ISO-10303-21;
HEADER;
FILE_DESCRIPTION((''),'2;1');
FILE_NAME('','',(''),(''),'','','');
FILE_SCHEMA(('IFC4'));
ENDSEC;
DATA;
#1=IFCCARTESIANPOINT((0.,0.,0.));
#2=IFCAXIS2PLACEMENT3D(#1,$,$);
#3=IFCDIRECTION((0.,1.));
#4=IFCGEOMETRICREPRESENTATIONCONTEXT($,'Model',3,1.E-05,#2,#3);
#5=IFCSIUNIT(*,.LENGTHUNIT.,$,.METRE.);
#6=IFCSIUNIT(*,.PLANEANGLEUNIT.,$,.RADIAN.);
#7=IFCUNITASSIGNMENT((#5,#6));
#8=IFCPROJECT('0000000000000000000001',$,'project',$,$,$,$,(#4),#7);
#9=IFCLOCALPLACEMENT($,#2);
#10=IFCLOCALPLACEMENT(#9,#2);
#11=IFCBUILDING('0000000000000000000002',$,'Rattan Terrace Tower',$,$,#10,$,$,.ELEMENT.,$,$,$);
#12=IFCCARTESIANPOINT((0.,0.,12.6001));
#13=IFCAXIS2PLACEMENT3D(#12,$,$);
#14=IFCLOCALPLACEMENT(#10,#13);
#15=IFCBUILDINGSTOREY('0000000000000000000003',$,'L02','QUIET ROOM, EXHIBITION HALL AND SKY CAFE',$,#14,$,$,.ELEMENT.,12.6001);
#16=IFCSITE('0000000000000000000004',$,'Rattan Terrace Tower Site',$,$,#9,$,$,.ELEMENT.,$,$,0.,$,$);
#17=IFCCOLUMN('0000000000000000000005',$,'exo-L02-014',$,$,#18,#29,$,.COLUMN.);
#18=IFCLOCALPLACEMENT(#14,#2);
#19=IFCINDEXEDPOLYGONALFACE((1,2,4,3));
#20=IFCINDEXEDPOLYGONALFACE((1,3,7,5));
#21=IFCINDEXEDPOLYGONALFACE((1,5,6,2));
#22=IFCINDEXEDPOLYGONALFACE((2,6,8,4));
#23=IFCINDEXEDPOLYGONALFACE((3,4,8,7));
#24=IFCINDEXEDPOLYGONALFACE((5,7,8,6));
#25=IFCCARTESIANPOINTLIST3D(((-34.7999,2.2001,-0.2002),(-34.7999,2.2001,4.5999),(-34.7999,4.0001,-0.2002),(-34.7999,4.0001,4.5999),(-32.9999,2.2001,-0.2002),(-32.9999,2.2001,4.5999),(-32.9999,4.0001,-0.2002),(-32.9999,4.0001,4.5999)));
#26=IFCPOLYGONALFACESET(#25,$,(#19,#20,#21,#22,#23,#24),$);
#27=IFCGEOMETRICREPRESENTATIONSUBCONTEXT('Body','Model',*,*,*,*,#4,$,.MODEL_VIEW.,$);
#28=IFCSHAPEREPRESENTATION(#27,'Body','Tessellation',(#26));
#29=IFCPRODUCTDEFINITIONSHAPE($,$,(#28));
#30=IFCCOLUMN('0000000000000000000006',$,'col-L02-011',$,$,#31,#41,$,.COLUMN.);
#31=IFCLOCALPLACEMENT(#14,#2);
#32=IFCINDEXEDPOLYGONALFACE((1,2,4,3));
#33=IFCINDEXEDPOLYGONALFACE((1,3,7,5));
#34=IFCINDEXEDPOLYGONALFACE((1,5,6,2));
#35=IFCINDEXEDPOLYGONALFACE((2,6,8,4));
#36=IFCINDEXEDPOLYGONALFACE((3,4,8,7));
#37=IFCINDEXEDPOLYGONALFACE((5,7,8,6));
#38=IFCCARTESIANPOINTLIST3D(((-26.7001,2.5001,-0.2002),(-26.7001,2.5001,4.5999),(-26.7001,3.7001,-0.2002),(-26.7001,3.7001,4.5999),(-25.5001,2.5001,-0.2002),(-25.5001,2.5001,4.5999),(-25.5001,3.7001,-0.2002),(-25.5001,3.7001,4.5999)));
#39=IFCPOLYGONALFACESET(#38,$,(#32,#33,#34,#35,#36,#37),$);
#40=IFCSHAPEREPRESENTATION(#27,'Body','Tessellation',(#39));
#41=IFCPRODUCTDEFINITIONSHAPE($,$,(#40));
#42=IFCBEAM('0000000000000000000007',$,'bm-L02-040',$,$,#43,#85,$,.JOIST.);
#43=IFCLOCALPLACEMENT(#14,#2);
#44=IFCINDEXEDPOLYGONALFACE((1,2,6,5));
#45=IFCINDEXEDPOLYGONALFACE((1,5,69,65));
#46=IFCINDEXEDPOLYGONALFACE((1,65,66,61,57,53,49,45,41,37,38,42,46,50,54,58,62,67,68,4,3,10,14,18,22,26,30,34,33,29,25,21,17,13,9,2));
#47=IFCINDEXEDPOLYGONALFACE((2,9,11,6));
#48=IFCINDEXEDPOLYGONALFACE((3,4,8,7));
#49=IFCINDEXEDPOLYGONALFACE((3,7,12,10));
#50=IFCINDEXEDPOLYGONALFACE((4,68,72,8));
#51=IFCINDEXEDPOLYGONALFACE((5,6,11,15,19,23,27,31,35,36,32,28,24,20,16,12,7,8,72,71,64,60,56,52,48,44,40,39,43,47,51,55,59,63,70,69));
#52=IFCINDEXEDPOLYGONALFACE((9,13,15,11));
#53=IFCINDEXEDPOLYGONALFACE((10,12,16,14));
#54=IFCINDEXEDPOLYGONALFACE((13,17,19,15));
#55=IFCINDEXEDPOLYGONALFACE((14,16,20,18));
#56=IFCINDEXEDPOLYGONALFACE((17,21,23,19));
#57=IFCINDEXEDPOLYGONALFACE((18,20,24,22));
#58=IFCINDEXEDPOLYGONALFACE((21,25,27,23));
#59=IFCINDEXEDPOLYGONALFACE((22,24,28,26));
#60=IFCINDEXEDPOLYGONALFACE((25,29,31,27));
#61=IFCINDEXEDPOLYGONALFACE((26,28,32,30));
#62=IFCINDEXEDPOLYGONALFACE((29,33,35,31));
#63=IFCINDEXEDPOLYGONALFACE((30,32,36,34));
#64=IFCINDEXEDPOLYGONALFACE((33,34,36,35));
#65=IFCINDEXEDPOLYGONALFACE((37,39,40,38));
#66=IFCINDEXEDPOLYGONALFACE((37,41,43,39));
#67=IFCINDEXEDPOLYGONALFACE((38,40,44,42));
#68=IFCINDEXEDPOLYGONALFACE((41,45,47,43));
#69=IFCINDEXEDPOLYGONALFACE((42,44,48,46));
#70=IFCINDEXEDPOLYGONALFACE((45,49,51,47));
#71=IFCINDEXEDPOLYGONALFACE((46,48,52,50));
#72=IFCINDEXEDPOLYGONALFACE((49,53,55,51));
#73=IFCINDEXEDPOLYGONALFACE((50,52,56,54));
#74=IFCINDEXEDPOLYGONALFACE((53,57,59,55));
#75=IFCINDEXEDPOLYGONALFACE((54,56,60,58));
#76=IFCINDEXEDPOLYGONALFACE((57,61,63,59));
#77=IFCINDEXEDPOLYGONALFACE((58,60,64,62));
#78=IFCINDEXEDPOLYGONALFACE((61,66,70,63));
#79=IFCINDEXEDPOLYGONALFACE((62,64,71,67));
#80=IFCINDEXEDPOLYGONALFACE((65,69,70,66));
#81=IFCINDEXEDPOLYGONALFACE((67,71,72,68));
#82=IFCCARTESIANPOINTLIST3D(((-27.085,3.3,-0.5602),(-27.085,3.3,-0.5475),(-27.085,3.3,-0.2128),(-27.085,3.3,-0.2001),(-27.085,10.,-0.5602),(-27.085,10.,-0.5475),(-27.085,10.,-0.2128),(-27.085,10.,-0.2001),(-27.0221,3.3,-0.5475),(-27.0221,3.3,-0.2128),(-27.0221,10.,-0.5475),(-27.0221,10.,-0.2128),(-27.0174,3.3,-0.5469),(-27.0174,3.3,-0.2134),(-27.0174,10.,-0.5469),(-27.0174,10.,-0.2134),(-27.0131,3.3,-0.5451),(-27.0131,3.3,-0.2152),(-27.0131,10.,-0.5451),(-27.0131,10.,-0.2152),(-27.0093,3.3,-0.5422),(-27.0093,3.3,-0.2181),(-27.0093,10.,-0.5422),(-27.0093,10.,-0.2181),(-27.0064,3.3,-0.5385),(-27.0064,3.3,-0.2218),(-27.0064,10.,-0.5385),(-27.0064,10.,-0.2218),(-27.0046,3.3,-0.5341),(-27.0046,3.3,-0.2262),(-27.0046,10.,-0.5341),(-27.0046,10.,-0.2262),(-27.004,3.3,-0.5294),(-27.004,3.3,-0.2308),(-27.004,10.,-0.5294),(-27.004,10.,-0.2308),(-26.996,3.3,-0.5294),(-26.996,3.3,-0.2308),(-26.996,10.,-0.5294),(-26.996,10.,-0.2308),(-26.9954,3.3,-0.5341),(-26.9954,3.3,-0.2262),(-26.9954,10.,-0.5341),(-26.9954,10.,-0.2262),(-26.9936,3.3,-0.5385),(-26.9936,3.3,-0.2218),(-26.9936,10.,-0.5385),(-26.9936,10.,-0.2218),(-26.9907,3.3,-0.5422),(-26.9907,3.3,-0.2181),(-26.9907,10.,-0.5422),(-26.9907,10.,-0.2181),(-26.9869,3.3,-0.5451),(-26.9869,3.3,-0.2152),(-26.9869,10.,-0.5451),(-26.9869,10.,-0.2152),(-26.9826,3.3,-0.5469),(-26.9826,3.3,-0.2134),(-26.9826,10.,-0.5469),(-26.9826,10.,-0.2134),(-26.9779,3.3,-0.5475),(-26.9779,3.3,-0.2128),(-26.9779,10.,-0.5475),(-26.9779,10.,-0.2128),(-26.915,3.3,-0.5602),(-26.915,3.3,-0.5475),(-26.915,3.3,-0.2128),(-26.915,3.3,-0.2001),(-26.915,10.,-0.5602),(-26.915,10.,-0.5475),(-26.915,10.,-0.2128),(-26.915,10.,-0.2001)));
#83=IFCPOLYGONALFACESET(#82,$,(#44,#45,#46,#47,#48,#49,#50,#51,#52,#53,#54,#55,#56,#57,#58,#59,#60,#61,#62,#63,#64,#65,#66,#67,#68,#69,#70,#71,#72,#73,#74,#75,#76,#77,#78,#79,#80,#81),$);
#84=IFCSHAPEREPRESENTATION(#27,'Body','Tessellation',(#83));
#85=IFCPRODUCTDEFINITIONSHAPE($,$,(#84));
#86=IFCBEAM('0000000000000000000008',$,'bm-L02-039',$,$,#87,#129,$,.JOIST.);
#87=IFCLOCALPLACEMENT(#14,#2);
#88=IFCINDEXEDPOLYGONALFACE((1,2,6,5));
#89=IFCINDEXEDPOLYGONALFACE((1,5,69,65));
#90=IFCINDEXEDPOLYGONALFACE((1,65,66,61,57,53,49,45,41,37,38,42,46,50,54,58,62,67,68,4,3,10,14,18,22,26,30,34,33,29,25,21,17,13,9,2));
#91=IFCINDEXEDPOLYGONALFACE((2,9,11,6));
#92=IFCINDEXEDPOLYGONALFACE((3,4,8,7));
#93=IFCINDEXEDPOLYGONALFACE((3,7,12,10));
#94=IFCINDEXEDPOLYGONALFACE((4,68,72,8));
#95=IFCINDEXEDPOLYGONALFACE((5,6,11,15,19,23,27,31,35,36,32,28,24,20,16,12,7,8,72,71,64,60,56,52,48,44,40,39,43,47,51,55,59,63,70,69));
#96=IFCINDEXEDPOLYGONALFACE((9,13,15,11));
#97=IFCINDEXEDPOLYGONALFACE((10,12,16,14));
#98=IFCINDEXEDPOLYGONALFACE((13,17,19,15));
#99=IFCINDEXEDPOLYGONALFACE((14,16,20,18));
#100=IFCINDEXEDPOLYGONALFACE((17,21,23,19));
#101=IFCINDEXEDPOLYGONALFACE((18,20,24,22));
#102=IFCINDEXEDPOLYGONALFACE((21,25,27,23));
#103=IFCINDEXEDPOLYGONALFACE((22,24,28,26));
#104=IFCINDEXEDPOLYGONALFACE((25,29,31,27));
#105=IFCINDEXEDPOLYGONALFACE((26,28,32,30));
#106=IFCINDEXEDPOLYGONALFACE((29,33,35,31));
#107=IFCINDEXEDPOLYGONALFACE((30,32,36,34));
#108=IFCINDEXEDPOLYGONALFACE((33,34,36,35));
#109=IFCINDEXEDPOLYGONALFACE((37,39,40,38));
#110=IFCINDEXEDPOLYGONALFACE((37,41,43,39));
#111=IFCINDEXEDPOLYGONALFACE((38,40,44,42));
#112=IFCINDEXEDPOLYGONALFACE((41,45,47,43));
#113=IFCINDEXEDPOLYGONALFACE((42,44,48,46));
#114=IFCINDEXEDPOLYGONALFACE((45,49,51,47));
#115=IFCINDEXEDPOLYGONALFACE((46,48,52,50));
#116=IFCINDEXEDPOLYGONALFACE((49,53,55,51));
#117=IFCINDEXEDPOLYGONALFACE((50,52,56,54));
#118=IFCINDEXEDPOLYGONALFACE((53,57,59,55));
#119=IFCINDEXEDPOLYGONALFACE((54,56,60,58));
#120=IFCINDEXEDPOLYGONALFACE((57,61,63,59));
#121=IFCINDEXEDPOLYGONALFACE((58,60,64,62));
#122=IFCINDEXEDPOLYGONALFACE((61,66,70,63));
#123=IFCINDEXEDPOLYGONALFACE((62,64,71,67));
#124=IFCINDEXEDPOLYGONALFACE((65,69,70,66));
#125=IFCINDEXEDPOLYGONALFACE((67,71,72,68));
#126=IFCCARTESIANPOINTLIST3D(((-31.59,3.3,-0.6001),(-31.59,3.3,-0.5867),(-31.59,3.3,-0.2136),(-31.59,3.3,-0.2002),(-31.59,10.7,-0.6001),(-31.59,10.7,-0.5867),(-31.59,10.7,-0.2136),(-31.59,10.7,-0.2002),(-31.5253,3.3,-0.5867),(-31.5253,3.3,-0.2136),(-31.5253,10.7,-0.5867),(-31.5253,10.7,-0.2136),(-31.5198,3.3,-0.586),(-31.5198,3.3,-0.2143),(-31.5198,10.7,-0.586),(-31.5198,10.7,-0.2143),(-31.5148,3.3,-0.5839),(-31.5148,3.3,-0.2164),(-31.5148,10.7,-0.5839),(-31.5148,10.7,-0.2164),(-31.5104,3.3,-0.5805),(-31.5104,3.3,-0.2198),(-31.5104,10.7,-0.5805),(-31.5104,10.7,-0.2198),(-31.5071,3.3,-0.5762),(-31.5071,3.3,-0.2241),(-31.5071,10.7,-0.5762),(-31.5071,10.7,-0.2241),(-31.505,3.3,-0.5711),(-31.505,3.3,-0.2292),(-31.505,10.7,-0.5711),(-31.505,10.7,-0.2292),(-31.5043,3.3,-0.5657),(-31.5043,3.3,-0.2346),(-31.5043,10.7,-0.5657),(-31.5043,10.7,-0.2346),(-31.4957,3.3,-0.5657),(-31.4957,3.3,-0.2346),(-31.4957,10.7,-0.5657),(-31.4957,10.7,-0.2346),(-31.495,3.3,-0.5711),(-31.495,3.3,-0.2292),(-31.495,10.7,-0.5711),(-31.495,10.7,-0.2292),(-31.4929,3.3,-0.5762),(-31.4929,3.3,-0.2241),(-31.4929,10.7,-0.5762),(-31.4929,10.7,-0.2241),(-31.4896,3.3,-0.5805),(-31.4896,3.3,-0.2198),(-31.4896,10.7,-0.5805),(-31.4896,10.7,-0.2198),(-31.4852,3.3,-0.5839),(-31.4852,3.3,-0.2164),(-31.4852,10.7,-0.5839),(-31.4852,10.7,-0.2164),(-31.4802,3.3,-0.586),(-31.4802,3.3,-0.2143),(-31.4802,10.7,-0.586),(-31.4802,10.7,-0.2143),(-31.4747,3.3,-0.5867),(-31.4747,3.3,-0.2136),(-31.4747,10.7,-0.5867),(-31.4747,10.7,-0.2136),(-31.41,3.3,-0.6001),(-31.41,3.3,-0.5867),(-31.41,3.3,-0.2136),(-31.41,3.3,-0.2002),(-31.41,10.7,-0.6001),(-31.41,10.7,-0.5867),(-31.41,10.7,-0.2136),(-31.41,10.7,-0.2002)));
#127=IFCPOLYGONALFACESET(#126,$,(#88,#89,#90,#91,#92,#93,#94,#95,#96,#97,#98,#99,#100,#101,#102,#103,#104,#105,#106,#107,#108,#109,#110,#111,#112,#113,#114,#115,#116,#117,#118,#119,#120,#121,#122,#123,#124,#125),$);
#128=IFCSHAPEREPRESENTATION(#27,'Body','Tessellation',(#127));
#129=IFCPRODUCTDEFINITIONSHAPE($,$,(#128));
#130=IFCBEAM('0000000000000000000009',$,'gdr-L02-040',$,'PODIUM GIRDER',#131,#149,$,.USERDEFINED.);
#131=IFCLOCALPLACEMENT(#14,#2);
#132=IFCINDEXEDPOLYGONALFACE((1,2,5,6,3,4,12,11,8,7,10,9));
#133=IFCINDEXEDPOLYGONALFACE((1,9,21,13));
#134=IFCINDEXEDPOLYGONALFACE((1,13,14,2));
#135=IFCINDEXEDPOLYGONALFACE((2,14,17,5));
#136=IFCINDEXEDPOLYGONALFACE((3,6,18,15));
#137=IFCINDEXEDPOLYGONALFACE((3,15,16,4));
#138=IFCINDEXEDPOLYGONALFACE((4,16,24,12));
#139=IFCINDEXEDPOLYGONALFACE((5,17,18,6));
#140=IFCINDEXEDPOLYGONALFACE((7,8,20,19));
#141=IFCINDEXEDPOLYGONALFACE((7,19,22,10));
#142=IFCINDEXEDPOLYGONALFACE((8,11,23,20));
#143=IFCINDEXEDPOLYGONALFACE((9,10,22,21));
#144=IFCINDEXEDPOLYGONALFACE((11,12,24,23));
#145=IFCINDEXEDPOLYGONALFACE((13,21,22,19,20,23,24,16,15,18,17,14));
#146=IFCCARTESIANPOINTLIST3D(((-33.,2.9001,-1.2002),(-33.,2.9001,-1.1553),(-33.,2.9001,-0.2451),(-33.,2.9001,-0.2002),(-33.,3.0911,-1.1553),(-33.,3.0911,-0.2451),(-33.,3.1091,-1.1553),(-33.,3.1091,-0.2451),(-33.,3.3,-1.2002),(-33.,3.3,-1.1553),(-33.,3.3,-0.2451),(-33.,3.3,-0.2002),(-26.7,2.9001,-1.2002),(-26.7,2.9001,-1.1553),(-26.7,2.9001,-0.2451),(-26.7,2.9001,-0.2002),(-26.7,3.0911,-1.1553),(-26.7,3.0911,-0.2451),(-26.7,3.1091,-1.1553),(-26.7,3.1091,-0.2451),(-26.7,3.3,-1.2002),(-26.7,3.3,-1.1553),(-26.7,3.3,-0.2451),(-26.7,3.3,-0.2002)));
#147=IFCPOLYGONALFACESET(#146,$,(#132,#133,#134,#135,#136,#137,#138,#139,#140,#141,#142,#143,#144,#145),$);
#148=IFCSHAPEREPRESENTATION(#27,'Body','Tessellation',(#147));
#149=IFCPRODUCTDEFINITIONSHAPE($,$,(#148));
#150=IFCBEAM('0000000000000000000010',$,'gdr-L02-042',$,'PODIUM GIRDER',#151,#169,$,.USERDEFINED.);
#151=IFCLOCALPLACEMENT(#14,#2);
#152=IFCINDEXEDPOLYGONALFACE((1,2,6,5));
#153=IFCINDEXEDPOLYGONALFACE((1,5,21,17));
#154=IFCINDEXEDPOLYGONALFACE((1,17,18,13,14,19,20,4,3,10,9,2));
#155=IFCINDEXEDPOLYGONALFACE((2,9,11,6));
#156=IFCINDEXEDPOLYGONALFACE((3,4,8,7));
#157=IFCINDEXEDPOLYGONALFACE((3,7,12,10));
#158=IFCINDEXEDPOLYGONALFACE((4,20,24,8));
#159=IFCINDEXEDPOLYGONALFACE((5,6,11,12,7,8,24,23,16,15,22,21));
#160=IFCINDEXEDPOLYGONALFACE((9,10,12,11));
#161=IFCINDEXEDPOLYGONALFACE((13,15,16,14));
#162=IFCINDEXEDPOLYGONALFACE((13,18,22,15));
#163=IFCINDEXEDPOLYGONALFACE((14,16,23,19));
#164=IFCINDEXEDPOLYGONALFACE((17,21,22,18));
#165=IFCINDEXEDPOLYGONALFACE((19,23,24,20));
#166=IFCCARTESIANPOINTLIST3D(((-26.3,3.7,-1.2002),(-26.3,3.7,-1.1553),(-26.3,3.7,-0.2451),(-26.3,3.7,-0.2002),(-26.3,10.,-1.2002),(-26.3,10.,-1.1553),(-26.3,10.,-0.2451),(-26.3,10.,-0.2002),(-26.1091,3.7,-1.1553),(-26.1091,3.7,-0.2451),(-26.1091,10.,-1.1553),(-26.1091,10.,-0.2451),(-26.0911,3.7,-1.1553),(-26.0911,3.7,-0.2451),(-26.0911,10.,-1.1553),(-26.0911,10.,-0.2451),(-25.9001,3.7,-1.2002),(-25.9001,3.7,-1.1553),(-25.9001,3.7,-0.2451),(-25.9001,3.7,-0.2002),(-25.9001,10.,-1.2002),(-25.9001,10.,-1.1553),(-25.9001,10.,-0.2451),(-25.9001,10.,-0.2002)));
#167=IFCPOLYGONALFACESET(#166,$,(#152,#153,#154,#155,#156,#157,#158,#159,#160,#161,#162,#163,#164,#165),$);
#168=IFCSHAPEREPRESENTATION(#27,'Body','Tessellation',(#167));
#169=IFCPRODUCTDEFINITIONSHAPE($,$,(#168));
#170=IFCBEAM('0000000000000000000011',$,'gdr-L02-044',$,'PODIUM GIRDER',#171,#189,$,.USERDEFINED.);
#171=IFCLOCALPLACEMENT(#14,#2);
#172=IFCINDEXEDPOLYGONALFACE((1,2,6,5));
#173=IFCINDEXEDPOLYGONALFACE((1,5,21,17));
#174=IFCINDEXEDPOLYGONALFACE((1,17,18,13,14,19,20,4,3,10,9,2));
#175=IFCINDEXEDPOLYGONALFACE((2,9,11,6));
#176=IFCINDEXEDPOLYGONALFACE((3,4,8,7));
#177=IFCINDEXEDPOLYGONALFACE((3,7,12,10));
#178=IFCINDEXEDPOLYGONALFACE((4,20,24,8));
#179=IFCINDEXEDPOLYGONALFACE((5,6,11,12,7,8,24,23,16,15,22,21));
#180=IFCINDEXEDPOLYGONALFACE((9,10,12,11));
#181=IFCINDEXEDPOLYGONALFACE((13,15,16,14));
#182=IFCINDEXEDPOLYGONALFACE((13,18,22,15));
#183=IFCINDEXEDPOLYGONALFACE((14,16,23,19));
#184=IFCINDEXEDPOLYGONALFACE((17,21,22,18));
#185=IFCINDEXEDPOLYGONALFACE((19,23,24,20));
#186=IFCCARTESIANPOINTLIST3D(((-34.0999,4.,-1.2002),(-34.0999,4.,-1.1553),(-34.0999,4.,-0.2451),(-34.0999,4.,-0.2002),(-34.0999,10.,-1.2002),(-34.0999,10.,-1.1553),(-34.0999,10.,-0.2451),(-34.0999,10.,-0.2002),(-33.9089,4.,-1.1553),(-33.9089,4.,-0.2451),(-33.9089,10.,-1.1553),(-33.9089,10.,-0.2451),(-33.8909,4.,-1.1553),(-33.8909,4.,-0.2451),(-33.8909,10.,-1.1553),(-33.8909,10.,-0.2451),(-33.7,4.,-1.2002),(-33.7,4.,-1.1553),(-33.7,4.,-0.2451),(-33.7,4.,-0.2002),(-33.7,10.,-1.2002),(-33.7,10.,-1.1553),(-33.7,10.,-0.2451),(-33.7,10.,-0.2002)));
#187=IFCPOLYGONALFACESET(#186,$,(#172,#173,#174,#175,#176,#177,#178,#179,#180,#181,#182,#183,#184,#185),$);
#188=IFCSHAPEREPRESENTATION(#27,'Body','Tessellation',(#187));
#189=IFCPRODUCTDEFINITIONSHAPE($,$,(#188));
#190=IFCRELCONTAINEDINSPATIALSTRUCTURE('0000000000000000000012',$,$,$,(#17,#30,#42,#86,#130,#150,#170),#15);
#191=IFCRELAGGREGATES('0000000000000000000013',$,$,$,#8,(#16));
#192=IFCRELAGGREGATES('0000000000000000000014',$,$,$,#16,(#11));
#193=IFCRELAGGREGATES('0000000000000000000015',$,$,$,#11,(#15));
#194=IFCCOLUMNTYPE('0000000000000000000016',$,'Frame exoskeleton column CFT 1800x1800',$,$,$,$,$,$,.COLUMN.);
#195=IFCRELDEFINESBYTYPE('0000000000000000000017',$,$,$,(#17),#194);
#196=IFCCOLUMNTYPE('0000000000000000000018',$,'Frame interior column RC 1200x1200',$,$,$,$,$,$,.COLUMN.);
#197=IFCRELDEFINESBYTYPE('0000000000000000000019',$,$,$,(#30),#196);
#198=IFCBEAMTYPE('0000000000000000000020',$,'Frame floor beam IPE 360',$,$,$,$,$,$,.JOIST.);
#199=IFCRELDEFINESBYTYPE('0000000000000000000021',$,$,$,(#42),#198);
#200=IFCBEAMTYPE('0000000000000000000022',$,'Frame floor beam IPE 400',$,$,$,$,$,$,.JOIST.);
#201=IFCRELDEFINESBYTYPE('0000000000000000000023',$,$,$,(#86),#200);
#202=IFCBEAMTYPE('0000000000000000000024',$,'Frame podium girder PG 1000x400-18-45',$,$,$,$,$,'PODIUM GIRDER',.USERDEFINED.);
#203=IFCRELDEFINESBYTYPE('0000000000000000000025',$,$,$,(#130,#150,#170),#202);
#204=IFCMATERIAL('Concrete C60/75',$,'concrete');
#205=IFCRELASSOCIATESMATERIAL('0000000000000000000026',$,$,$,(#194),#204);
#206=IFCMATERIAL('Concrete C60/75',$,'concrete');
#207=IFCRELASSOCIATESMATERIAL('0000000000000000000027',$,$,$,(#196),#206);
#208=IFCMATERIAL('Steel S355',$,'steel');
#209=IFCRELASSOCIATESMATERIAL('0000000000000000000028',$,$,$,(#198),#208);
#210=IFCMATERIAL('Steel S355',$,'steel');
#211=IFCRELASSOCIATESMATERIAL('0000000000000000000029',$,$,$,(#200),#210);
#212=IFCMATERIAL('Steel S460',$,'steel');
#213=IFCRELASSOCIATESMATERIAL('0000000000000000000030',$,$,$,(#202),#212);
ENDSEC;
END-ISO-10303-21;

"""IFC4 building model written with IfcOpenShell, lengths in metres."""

from ifc_helpers import new_model, si_unit, direction, frame, origin, origin_2d, place, context, subcontext, project, spatial, rectangle, i_section, extrude, material, material_profile, profile_set, type_object, element, save


model = new_model("IFC4")

# Units and contexts
model_context = context("Model", 3, precision=1e-05, world=origin(), true_north=direction((0.0, 1.0)))
body_context = subcontext(model_context, "Body", "Model", "MODEL_VIEW")
ifc_project = project(units=[si_unit("LENGTHUNIT", "METRE"), si_unit("PLANEANGLEUNIT", "RADIAN")], contexts=[model_context])

# Site, building, storey
site_placement = place(None, origin())
site = spatial("IfcSite", under=ifc_project, at=site_placement, Name="Rattan Terrace Tower Site", CompositionType="ELEMENT", RefElevation=0.0)
building_placement = place(site_placement, origin())
building = spatial("IfcBuilding", under=site, at=building_placement, Name="Rattan Terrace Tower", CompositionType="ELEMENT")
storey_placement = place(building_placement, frame((0.0, 0.0, 12.6001)))
storey = spatial("IfcBuildingStorey", under=building, at=storey_placement, Name="L02", Description="QUIET ROOM, EXHIBITION HALL AND SKY CAFE", CompositionType="ELEMENT", Elevation=12.6001)

# Columns
ifc_material_1 = material(Name="Concrete C60/75", Category="concrete")
ifc_material_profile_1 = material_profile(ifc_material_1, rectangle(XDim=1.8, YDim=1.8, at=origin_2d()), Name="CFT 1800x1800")
ifc_profile_set_1 = profile_set([ifc_material_profile_1], Name="Concrete C60/75")
column_type_1 = type_object("IfcColumnType", Name="Frame exoskeleton column CFT 1800x1800", PredefinedType="COLUMN", material=ifc_profile_set_1)
column_1_placement = place(storey_placement, frame((-33.8999, 3.1001, -0.2002), z_axis=(0.0, 0.0, 1.0), x_axis=(0.0, 1.0, 0.0)))
element("IfcColumn", 1, at=column_1_placement, inside=storey, type_object=column_type_1, Name="exo-L02-014", PredefinedType="COLUMN", context=body_context, shape_type="SweptSolid", body=[
    extrude(rectangle(XDim=1.8, YDim=1.8, at=origin_2d()), origin(), (0.0, 0.0, 1.0), 4.8),
])
ifc_material_2 = material(Name="Concrete C60/75", Category="concrete")
ifc_material_profile_2 = material_profile(ifc_material_2, rectangle(XDim=1.2, YDim=1.2, at=origin_2d()), Name="RC 1200x1200")
ifc_profile_set_2 = profile_set([ifc_material_profile_2], Name="Concrete C60/75")
column_type_2 = type_object("IfcColumnType", Name="Frame interior column RC 1200x1200", PredefinedType="COLUMN", material=ifc_profile_set_2)
column_2_placement = place(storey_placement, frame((-26.1001, 3.1001, -0.2002), z_axis=(0.0, 0.0, 1.0), x_axis=(1.0, 0.0, 0.0)))
element("IfcColumn", 2, at=column_2_placement, inside=storey, type_object=column_type_2, Name="col-L02-011", PredefinedType="COLUMN", context=body_context, shape_type="SweptSolid", body=[
    extrude(rectangle(XDim=1.2, YDim=1.2, at=origin_2d()), origin(), (0.0, 0.0, 1.0), 4.8),
])

# Beams
ifc_material_3 = material(Name="Steel S355", Category="steel")
ifc_material_profile_3 = material_profile(ifc_material_3, i_section(OverallWidth=0.1699, OverallDepth=0.3601, WebThickness=0.0081, FlangeThickness=0.0127, FilletRadius=0.0181, at=origin_2d()), Name="IPE 360")
ifc_profile_set_3 = profile_set([ifc_material_profile_3], Name="Steel S355")
beam_type_1 = type_object("IfcBeamType", Name="Frame floor beam IPE 360", PredefinedType="JOIST", material=ifc_profile_set_3)
beam_1_placement = place(storey_placement, frame((-27.0, 3.3, -0.3801), z_axis=(0.0, 1.0, 0.0), x_axis=(-1.0, 0.0, 0.0)))
element("IfcBeam", 3, at=beam_1_placement, inside=storey, type_object=beam_type_1, Name="bm-L02-040", PredefinedType="JOIST", context=body_context, shape_type="SweptSolid", body=[
    extrude(i_section(OverallWidth=0.1699, OverallDepth=0.3601, WebThickness=0.0081, FlangeThickness=0.0127, FilletRadius=0.0181, at=origin_2d()), origin(), (0.0, 0.0, 1.0), 6.7),
])
ifc_material_4 = material(Name="Steel S355", Category="steel")
ifc_material_profile_4 = material_profile(ifc_material_4, i_section(OverallWidth=0.1799, OverallDepth=0.3999, WebThickness=0.0085, FlangeThickness=0.0134, FilletRadius=0.021, at=origin_2d()), Name="IPE 400")
ifc_profile_set_4 = profile_set([ifc_material_profile_4], Name="Steel S355")
beam_type_2 = type_object("IfcBeamType", Name="Frame floor beam IPE 400", PredefinedType="JOIST", material=ifc_profile_set_4)
beam_2_placement = place(storey_placement, frame((-31.5, 3.3, -0.4001), z_axis=(0.0, 1.0, 0.0), x_axis=(-1.0, 0.0, 0.0)))
element("IfcBeam", 4, at=beam_2_placement, inside=storey, type_object=beam_type_2, Name="bm-L02-039", PredefinedType="JOIST", context=body_context, shape_type="SweptSolid", body=[
    extrude(i_section(OverallWidth=0.1799, OverallDepth=0.3999, WebThickness=0.0085, FlangeThickness=0.0134, FilletRadius=0.021, at=origin_2d()), origin(), (0.0, 0.0, 1.0), 7.3999),
])
ifc_material_5 = material(Name="Steel S460", Category="steel")
ifc_material_profile_5 = material_profile(ifc_material_5, i_section(OverallWidth=0.3999, OverallDepth=1.0, WebThickness=0.0181, FlangeThickness=0.0449, at=origin_2d()), Name="PG 1000x400-18-45")
ifc_profile_set_5 = profile_set([ifc_material_profile_5], Name="Steel S460")
beam_type_3 = type_object("IfcBeamType", Name="Frame podium girder PG 1000x400-18-45", ElementType="PODIUM GIRDER", PredefinedType="USERDEFINED", material=ifc_profile_set_5)
for number, where, z_axis, x_axis, name in (
    (5, (-33.0, 3.1001, -0.7002), (1.0, 0.0, 0.0), (0.0, 1.0, 0.0), "gdr-L02-040"),
    (6, (-26.1001, 3.7, -0.7002), (0.0, 1.0, 0.0), (-1.0, 0.0, 0.0), "gdr-L02-042"),
):
    element("IfcBeam", number, at=place(storey_placement, frame(where, z_axis=z_axis, x_axis=x_axis)), inside=storey, type_object=beam_type_3, Name=name, ObjectType="PODIUM GIRDER", PredefinedType="USERDEFINED", context=body_context, shape_type="SweptSolid", body=[
        extrude(i_section(OverallWidth=0.3999, OverallDepth=1.0, WebThickness=0.0181, FlangeThickness=0.0449, at=origin_2d()), origin(), (0.0, 0.0, 1.0), 6.3),
    ])
beam_3_placement = place(storey_placement, frame((-33.8999, 4.0, -0.7002), z_axis=(0.0, 1.0, 0.0), x_axis=(-1.0, 0.0, 0.0)))
element("IfcBeam", 7, at=beam_3_placement, inside=storey, type_object=beam_type_3, Name="gdr-L02-044", ObjectType="PODIUM GIRDER", PredefinedType="USERDEFINED", context=body_context, shape_type="SweptSolid", body=[
    extrude(i_section(OverallWidth=0.3999, OverallDepth=1.0, WebThickness=0.0181, FlangeThickness=0.0449, at=origin_2d()), origin(), (0.0, 0.0, 1.0), 6.0),
])

save(model, "model.ifc")
